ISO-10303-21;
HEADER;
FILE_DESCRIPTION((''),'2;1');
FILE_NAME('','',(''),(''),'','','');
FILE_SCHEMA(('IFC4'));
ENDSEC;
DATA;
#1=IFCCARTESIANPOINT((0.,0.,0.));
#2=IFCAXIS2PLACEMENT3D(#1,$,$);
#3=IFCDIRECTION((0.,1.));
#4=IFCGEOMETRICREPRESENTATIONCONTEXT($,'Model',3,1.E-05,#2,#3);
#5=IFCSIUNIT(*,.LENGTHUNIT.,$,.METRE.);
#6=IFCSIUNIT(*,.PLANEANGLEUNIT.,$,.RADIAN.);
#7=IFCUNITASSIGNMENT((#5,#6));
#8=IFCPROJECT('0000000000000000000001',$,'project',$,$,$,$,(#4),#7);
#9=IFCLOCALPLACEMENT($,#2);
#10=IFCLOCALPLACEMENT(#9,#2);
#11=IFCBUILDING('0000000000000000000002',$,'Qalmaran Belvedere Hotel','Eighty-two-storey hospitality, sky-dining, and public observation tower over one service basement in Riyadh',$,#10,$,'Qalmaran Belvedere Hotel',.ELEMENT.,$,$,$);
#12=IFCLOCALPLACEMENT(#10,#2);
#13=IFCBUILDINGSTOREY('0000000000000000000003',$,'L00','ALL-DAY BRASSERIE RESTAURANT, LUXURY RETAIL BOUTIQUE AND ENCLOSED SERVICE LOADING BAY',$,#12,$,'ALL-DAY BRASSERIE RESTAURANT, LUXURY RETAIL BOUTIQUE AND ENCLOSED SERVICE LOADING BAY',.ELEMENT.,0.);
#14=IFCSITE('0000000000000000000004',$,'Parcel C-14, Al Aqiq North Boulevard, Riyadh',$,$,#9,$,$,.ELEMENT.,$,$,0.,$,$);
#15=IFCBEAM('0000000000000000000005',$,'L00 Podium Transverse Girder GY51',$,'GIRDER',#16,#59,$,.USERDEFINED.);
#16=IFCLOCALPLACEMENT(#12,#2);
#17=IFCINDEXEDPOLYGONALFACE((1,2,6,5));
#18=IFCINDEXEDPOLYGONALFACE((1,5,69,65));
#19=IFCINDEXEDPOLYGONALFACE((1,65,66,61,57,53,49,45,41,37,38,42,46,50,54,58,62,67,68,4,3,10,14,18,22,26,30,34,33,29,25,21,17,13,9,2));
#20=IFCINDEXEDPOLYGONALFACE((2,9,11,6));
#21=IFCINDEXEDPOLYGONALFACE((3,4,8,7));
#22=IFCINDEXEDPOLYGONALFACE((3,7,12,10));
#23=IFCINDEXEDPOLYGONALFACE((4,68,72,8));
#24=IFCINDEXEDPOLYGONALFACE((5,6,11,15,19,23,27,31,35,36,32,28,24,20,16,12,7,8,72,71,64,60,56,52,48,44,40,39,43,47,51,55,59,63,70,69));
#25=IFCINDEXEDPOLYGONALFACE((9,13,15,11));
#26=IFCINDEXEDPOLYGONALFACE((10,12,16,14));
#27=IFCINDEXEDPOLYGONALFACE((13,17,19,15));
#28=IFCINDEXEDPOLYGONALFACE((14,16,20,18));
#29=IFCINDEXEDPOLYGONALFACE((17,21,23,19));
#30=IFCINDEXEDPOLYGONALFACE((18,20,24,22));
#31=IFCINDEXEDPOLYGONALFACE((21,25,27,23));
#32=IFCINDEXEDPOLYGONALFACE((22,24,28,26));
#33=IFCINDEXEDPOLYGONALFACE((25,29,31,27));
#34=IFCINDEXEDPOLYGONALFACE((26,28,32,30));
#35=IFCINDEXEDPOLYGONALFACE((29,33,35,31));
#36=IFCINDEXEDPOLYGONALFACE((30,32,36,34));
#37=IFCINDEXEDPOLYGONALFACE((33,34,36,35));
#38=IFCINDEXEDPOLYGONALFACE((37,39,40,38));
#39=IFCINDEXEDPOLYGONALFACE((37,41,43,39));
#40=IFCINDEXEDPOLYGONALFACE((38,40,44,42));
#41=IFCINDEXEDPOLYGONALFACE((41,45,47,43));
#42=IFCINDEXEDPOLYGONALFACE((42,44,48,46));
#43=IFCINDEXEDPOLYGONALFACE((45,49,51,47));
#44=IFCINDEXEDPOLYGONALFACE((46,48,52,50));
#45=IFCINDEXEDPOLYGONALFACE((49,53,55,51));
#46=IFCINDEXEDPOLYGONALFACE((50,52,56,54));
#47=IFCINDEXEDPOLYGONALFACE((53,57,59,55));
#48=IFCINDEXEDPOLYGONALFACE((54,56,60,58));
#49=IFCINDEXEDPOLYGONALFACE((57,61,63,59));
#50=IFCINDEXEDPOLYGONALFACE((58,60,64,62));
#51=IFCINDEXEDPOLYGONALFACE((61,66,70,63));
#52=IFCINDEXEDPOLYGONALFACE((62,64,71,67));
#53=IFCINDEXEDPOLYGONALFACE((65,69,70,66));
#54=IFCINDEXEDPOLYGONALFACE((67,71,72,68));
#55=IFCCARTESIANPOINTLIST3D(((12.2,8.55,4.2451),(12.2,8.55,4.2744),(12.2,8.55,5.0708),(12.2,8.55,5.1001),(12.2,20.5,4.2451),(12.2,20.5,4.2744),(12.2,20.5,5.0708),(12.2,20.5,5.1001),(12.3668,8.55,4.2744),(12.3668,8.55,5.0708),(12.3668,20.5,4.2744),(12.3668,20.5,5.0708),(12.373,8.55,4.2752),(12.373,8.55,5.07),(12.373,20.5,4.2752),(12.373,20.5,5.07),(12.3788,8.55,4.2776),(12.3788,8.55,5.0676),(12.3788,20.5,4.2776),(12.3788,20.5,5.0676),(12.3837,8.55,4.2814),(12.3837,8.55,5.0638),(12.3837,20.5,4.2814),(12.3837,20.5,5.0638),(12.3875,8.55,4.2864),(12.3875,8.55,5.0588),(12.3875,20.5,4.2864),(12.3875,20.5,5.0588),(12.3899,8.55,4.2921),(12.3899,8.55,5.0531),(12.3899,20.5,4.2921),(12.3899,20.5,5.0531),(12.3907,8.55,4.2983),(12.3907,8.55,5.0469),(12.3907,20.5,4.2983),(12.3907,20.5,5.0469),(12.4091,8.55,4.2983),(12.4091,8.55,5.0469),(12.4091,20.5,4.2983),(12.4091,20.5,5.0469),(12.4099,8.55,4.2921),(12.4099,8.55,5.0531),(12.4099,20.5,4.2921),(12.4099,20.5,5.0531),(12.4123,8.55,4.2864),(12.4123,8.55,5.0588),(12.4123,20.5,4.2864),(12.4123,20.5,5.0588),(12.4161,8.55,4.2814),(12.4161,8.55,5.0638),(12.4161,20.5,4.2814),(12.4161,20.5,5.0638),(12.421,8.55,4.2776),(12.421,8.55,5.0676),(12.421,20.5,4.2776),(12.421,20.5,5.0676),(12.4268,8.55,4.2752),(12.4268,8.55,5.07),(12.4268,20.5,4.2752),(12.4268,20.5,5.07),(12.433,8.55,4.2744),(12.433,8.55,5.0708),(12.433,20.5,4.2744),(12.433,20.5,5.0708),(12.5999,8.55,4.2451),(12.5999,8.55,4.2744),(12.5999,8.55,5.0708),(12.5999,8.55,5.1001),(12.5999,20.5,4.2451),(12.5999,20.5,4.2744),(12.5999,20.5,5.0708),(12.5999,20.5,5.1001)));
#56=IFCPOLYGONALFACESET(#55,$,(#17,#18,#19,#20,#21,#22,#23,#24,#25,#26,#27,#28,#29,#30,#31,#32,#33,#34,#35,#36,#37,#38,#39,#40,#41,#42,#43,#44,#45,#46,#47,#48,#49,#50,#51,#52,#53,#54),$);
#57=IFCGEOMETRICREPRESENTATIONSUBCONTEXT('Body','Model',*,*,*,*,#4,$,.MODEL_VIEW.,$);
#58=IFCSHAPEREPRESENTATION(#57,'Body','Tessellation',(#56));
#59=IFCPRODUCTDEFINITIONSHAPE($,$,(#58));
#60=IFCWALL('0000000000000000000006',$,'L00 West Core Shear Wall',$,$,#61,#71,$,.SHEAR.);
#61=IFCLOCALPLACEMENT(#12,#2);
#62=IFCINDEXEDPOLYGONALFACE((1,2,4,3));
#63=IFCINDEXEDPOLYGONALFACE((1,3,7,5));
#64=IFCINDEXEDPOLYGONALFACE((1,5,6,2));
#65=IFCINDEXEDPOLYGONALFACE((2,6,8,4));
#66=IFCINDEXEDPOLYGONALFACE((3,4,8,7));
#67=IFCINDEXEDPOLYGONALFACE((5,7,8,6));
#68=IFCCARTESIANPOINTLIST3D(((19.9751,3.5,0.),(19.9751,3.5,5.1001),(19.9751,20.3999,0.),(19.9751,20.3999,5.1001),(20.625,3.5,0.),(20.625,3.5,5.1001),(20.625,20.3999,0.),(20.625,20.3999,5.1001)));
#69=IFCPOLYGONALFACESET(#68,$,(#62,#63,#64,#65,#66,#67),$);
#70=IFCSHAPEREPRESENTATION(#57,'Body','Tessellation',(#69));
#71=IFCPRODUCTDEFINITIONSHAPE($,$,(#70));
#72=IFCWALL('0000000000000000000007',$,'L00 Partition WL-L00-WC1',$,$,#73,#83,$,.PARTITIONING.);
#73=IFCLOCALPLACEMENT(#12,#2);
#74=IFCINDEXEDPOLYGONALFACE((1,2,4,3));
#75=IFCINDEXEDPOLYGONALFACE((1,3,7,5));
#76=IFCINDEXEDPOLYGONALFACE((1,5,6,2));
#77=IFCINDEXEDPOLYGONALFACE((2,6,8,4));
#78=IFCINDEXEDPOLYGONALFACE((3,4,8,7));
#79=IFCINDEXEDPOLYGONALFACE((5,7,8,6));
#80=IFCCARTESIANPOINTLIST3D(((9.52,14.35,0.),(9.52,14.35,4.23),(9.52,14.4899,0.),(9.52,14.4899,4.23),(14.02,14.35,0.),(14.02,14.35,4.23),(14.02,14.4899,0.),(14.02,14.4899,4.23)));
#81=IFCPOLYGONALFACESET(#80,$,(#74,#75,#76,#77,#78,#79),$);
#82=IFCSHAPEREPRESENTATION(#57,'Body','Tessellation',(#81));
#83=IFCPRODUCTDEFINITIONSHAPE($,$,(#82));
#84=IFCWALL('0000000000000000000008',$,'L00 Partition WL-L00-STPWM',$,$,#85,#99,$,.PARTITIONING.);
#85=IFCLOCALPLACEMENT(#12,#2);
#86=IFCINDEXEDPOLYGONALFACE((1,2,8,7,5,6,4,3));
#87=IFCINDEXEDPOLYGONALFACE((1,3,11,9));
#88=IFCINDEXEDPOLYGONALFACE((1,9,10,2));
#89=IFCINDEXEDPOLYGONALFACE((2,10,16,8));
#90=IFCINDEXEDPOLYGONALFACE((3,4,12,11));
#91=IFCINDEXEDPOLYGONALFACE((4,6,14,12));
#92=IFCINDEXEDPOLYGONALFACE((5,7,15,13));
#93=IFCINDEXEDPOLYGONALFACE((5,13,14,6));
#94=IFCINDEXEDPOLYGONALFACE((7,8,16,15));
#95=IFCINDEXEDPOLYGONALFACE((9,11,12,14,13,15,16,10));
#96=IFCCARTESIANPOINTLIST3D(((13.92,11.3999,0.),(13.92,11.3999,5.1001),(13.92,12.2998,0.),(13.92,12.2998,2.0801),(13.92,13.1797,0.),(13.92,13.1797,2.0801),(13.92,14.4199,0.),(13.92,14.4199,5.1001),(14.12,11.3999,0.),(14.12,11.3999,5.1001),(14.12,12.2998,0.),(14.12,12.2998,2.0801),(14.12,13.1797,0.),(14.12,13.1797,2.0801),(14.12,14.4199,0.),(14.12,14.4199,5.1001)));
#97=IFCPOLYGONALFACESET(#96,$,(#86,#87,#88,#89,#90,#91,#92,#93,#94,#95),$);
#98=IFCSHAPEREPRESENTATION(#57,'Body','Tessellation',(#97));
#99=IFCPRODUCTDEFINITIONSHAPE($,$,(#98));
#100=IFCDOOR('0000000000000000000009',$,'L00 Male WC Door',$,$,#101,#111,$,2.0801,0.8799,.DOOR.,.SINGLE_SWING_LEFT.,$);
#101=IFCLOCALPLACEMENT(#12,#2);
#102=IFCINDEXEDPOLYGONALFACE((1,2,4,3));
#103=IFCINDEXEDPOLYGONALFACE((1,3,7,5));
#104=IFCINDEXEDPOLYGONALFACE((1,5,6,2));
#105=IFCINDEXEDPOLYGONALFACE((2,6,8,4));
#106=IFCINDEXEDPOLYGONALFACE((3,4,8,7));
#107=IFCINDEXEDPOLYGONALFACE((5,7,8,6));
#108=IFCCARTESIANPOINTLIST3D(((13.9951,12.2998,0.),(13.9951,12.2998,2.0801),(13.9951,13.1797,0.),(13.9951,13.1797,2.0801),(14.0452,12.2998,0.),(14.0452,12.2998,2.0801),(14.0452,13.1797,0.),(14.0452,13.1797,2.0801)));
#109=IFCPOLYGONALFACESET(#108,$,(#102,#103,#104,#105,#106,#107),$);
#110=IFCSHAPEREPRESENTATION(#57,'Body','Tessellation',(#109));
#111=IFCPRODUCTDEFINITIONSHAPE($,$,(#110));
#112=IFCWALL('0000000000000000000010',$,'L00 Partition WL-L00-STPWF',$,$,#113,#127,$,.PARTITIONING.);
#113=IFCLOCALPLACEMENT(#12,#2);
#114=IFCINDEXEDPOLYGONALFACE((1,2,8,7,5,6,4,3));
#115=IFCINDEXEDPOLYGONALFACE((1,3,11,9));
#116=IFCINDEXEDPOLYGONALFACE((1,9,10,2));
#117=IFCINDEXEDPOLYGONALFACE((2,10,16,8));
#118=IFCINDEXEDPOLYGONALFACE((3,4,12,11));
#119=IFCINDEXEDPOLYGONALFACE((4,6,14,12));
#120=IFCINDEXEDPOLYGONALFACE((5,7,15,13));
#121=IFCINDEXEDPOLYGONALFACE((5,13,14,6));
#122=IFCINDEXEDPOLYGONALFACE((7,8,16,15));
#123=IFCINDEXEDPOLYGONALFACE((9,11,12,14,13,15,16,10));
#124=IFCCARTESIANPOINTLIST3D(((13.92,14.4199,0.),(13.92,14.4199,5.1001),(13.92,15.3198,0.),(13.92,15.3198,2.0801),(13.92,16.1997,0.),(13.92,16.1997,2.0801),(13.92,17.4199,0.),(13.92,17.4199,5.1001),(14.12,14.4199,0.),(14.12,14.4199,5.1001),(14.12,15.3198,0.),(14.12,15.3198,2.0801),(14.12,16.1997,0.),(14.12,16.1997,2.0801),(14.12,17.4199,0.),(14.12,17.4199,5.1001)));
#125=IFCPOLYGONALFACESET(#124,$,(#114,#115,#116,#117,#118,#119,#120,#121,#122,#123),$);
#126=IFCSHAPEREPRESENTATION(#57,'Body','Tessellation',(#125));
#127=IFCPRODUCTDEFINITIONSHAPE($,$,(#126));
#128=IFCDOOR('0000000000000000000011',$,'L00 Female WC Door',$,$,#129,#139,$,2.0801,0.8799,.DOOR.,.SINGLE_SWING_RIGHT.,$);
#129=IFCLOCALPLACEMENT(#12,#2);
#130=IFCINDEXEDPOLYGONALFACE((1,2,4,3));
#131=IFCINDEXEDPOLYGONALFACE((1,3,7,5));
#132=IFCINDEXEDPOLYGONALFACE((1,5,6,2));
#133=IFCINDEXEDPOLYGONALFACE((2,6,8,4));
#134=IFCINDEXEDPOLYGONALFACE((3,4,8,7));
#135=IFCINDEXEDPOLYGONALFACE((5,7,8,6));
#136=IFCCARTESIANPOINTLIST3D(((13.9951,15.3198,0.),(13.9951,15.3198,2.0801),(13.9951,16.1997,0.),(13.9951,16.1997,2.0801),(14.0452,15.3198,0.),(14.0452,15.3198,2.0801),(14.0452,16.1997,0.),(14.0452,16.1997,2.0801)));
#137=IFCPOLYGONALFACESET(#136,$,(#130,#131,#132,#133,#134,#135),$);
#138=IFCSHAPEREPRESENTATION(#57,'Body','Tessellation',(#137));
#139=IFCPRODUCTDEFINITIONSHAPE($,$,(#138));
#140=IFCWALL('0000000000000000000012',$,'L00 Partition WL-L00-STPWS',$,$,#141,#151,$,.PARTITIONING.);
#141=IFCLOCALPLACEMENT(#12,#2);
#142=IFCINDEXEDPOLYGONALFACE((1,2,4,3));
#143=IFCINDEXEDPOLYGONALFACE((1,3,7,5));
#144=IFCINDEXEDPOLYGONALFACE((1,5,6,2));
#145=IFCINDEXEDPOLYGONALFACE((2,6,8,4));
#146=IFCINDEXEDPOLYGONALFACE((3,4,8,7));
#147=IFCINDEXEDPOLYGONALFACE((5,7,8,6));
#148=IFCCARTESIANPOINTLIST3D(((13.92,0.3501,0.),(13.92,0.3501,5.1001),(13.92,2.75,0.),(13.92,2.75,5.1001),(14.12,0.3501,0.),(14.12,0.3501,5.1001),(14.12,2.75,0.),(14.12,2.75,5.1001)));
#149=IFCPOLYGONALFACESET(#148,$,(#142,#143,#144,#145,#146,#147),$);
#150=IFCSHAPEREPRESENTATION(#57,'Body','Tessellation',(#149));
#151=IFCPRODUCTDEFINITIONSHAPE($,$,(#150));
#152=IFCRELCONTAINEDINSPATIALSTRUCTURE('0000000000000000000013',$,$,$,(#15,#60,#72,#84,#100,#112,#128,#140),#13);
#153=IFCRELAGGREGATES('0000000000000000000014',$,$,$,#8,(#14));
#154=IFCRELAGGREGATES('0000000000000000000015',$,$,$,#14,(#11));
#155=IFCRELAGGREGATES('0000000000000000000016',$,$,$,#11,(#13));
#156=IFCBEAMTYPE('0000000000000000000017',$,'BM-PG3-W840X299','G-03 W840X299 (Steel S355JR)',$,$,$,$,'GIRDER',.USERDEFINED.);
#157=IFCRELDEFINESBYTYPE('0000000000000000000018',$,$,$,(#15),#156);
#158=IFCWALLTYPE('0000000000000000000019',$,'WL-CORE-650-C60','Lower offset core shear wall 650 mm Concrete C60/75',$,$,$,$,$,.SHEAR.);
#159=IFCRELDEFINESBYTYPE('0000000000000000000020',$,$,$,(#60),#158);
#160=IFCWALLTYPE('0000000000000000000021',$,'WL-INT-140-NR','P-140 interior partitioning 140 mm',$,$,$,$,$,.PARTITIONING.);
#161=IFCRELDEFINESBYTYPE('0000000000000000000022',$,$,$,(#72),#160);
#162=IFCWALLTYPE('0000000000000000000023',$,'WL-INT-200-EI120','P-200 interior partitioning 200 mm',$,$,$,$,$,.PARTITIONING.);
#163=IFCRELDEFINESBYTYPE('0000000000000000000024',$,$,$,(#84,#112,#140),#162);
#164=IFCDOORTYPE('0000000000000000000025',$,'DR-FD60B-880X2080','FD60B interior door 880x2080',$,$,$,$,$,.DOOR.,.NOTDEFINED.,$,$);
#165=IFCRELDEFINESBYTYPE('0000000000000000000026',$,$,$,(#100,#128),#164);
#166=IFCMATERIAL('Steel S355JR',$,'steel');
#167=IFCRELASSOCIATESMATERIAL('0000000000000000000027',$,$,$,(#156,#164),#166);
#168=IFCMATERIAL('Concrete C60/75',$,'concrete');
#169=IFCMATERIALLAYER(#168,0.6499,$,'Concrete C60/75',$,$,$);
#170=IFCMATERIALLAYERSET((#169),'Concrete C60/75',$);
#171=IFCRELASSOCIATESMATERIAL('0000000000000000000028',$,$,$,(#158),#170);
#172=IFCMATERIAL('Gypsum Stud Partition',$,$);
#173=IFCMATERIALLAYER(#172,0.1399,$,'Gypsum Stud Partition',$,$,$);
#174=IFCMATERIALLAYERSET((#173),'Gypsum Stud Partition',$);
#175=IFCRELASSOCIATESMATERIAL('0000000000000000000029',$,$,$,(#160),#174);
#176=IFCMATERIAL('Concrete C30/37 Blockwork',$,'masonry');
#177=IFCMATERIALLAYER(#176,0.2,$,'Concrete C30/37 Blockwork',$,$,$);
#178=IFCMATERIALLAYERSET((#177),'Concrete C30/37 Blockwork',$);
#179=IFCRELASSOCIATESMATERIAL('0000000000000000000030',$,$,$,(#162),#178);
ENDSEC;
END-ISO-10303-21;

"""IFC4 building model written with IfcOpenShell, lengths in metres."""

from ifc_helpers import new_model, si_unit, direction, frame, frame_2d, origin, origin_2d, place, context, subcontext, project, spatial, rectangle, i_section, extrude, material, layer, layer_set, material_profile, profile_set, type_object, element, fill, save


model = new_model("IFC4")

# Units and contexts
model_context = context("Model", 3, precision=1e-05, world=origin(), true_north=direction((0.0, 1.0)))
body_context = subcontext(model_context, "Body", "Model", "MODEL_VIEW")
ifc_project = project(units=[si_unit("LENGTHUNIT", "METRE"), si_unit("PLANEANGLEUNIT", "RADIAN")], contexts=[model_context])

# Site, building, storey
site_placement = place(None, origin())
site = spatial("IfcSite", under=ifc_project, at=site_placement, Name="Parcel C-14, Al Aqiq North Boulevard, Riyadh", CompositionType="ELEMENT", RefElevation=0.0)
building_placement = place(site_placement, origin())
building = spatial("IfcBuilding", under=site, at=building_placement, Name="Qalmaran Belvedere Hotel", Description="Eighty-two-storey hospitality, sky-dining, and public observation tower over one service basement in Riyadh", LongName="Qalmaran Belvedere Hotel", CompositionType="ELEMENT")
storey_placement = place(building_placement, origin())
storey = spatial("IfcBuildingStorey", under=building, at=storey_placement, Name="L00", Description="ALL-DAY BRASSERIE RESTAURANT, LUXURY RETAIL BOUTIQUE AND ENCLOSED SERVICE LOADING BAY", LongName="ALL-DAY BRASSERIE RESTAURANT, LUXURY RETAIL BOUTIQUE AND ENCLOSED SERVICE LOADING BAY", CompositionType="ELEMENT", Elevation=0.0)

# Shared definitions
ifc_material_1 = material(Name="Concrete C60/75", Category="concrete")

# Beam
ifc_material_2 = material(Name="Steel S355JR", Category="steel")
ifc_material_profile_1 = material_profile(ifc_material_2, i_section(OverallWidth=0.3999, OverallDepth=0.855, WebThickness=0.0183, FlangeThickness=0.0293, FilletRadius=0.0239, at=origin_2d()), Name="W840X299")
ifc_profile_set_1 = profile_set([ifc_material_profile_1], Name="Steel S355JR")
beam_type_1 = type_object("IfcBeamType", Name="BM-PG3-W840X299", Description="G-03 W840X299 (Steel S355JR)", ElementType="GIRDER", PredefinedType="USERDEFINED", material=ifc_profile_set_1)
beam_1_placement = place(storey_placement, frame((12.3999, 8.55, 4.6726), z_axis=(0.0, 1.0, 0.0), x_axis=(-1.0, 0.0, 0.0)))
element("IfcBeam", 1, at=beam_1_placement, inside=storey, type_object=beam_type_1, Name="L00 Podium Transverse Girder GY51", ObjectType="GIRDER", PredefinedType="USERDEFINED", context=body_context, shape_type="SweptSolid", body=[
    extrude(i_section(OverallWidth=0.3999, OverallDepth=0.855, WebThickness=0.0183, FlangeThickness=0.0293, FilletRadius=0.0239, at=origin_2d()), origin(), (0.0, 0.0, 1.0), 11.95),
])

# Walls
ifc_layer_1 = layer(ifc_material_1, 0.6499, Name="Concrete C60/75")
ifc_layer_set_1 = layer_set([ifc_layer_1], Name="Concrete C60/75")
wall_type_1 = type_object("IfcWallType", Name="WL-CORE-650-C60", Description="Lower offset core shear wall 650 mm Concrete C60/75", PredefinedType="SHEAR", material=ifc_layer_set_1)
wall_1_placement = place(storey_placement, frame((20.3, 3.5, 0.0), z_axis=(0.0, 0.0, 1.0), x_axis=(0.0, 1.0, 0.0)))
element("IfcWall", 2, at=wall_1_placement, inside=storey, type_object=wall_type_1, Name="L00 West Core Shear Wall", PredefinedType="SHEAR", context=body_context, shape_type="SweptSolid", body=[
    extrude(rectangle(XDim=16.8999, YDim=0.6499, at=frame_2d((8.45, 0.0))), origin(), (0.0, 0.0, 1.0), 5.1001),
])
ifc_material_3 = material(Name="Gypsum Stud Partition")
ifc_layer_2 = layer(ifc_material_3, 0.1399, Name="Gypsum Stud Partition")
ifc_layer_set_2 = layer_set([ifc_layer_2], Name="Gypsum Stud Partition")
wall_type_2 = type_object("IfcWallType", Name="WL-INT-140-NR", Description="P-140 interior partitioning 140 mm", PredefinedType="PARTITIONING", material=ifc_layer_set_2)
wall_2_placement = place(storey_placement, frame((9.52, 14.4199, 0.0), z_axis=(0.0, 0.0, 1.0), x_axis=(1.0, 0.0, 0.0)))
element("IfcWall", 3, at=wall_2_placement, inside=storey, type_object=wall_type_2, Name="L00 Partition WL-L00-WC1", PredefinedType="PARTITIONING", context=body_context, shape_type="SweptSolid", body=[
    extrude(rectangle(XDim=4.5, YDim=0.1399, at=frame_2d((2.25, 0.0))), origin(), (0.0, 0.0, 1.0), 4.23),
])

# Walls, openings, doors
ifc_material_4 = material(Name="Concrete C30/37 Blockwork", Category="masonry")
ifc_layer_3 = layer(ifc_material_4, 0.2, Name="Concrete C30/37 Blockwork")
ifc_layer_set_3 = layer_set([ifc_layer_3], Name="Concrete C30/37 Blockwork")
wall_type_3 = type_object("IfcWallType", Name="WL-INT-200-EI120", Description="P-200 interior partitioning 200 mm", PredefinedType="PARTITIONING", material=ifc_layer_set_3)
wall_3_placement = place(storey_placement, frame((14.02, 11.3999, 0.0), z_axis=(0.0, 0.0, 1.0), x_axis=(0.0, 1.0, 0.0)))
wall_3 = element("IfcWall", 4, at=wall_3_placement, inside=storey, type_object=wall_type_3, Name="L00 Partition WL-L00-STPWM", PredefinedType="PARTITIONING", context=body_context, shape_type="SweptSolid", body=[
    extrude(rectangle(XDim=3.02, YDim=0.2, at=frame_2d((1.51, 0.0))), origin(), (0.0, 0.0, 1.0), 5.1001),
])
opening_1_placement = place(wall_3_placement, frame((0.8999, 0.0, 0.0)))
opening_1 = element("IfcOpeningElement", 5, at=opening_1_placement, cuts=wall_3, PredefinedType="OPENING", context=body_context, shape_type="SweptSolid", body=[
    extrude(rectangle(XDim=0.8799, YDim=2.0801, at=frame_2d((0.4399, 1.04))), frame((0.0, 0.1099, 0.0), z_axis=(0.0, -1.0, 0.0), x_axis=(1.0, 0.0, 0.0)), (0.0, 0.0, 1.0), 0.22),
])
door_type_1 = type_object("IfcDoorType", Name="DR-FD60B-880X2080", Description="FD60B interior door 880x2080", OperationType="NOTDEFINED", PredefinedType="DOOR", material=ifc_material_2)
door_1_placement = place(opening_1_placement, origin())
door_1 = element("IfcDoor", 6, at=door_1_placement, inside=storey, type_object=door_type_1, Name="L00 Male WC Door", OperationType="SINGLE_SWING_LEFT", OverallHeight=2.0801, OverallWidth=0.8799, PredefinedType="DOOR", context=body_context, shape_type="SweptSolid", body=[
    extrude(rectangle(XDim=0.8799, YDim=2.0801, at=frame_2d((0.4399, 1.04))), frame((0.0, 0.0249, 0.0), z_axis=(0.0, -1.0, 0.0), x_axis=(1.0, 0.0, 0.0)), (0.0, 0.0, 1.0), 0.05),
])
fill(opening_1, door_1)
wall_4_placement = place(storey_placement, frame((14.02, 14.4199, 0.0), z_axis=(0.0, 0.0, 1.0), x_axis=(0.0, 1.0, 0.0)))
wall_4 = element("IfcWall", 7, at=wall_4_placement, inside=storey, type_object=wall_type_3, Name="L00 Partition WL-L00-STPWF", PredefinedType="PARTITIONING", context=body_context, shape_type="SweptSolid", body=[
    extrude(rectangle(XDim=3.0, YDim=0.2, at=frame_2d((1.5, 0.0))), origin(), (0.0, 0.0, 1.0), 5.1001),
])
opening_2_placement = place(wall_4_placement, frame((0.8999, 0.0, 0.0)))
opening_2 = element("IfcOpeningElement", 8, at=opening_2_placement, cuts=wall_4, PredefinedType="OPENING", context=body_context, shape_type="SweptSolid", body=[
    extrude(rectangle(XDim=0.8799, YDim=2.0801, at=frame_2d((0.4399, 1.04))), frame((0.0, 0.1099, 0.0), z_axis=(0.0, -1.0, 0.0), x_axis=(1.0, 0.0, 0.0)), (0.0, 0.0, 1.0), 0.22),
])
door_2_placement = place(opening_2_placement, origin())
door_2 = element("IfcDoor", 9, at=door_2_placement, inside=storey, type_object=door_type_1, Name="L00 Female WC Door", OperationType="SINGLE_SWING_RIGHT", OverallHeight=2.0801, OverallWidth=0.8799, PredefinedType="DOOR", context=body_context, shape_type="SweptSolid", body=[
    extrude(rectangle(XDim=0.8799, YDim=2.0801, at=frame_2d((0.4399, 1.04))), frame((0.0, 0.0249, 0.0), z_axis=(0.0, -1.0, 0.0), x_axis=(1.0, 0.0, 0.0)), (0.0, 0.0, 1.0), 0.05),
])
fill(opening_2, door_2)

# Wall
wall_5_placement = place(storey_placement, frame((14.02, 0.3501, 0.0), z_axis=(0.0, 0.0, 1.0), x_axis=(0.0, 1.0, 0.0)))
element("IfcWall", 10, at=wall_5_placement, inside=storey, type_object=wall_type_3, Name="L00 Partition WL-L00-STPWS", PredefinedType="PARTITIONING", context=body_context, shape_type="SweptSolid", body=[
    extrude(rectangle(XDim=2.3999, YDim=0.2, at=frame_2d((1.2, 0.0))), origin(), (0.0, 0.0, 1.0), 5.1001),
])

save(model, "model.ifc")
